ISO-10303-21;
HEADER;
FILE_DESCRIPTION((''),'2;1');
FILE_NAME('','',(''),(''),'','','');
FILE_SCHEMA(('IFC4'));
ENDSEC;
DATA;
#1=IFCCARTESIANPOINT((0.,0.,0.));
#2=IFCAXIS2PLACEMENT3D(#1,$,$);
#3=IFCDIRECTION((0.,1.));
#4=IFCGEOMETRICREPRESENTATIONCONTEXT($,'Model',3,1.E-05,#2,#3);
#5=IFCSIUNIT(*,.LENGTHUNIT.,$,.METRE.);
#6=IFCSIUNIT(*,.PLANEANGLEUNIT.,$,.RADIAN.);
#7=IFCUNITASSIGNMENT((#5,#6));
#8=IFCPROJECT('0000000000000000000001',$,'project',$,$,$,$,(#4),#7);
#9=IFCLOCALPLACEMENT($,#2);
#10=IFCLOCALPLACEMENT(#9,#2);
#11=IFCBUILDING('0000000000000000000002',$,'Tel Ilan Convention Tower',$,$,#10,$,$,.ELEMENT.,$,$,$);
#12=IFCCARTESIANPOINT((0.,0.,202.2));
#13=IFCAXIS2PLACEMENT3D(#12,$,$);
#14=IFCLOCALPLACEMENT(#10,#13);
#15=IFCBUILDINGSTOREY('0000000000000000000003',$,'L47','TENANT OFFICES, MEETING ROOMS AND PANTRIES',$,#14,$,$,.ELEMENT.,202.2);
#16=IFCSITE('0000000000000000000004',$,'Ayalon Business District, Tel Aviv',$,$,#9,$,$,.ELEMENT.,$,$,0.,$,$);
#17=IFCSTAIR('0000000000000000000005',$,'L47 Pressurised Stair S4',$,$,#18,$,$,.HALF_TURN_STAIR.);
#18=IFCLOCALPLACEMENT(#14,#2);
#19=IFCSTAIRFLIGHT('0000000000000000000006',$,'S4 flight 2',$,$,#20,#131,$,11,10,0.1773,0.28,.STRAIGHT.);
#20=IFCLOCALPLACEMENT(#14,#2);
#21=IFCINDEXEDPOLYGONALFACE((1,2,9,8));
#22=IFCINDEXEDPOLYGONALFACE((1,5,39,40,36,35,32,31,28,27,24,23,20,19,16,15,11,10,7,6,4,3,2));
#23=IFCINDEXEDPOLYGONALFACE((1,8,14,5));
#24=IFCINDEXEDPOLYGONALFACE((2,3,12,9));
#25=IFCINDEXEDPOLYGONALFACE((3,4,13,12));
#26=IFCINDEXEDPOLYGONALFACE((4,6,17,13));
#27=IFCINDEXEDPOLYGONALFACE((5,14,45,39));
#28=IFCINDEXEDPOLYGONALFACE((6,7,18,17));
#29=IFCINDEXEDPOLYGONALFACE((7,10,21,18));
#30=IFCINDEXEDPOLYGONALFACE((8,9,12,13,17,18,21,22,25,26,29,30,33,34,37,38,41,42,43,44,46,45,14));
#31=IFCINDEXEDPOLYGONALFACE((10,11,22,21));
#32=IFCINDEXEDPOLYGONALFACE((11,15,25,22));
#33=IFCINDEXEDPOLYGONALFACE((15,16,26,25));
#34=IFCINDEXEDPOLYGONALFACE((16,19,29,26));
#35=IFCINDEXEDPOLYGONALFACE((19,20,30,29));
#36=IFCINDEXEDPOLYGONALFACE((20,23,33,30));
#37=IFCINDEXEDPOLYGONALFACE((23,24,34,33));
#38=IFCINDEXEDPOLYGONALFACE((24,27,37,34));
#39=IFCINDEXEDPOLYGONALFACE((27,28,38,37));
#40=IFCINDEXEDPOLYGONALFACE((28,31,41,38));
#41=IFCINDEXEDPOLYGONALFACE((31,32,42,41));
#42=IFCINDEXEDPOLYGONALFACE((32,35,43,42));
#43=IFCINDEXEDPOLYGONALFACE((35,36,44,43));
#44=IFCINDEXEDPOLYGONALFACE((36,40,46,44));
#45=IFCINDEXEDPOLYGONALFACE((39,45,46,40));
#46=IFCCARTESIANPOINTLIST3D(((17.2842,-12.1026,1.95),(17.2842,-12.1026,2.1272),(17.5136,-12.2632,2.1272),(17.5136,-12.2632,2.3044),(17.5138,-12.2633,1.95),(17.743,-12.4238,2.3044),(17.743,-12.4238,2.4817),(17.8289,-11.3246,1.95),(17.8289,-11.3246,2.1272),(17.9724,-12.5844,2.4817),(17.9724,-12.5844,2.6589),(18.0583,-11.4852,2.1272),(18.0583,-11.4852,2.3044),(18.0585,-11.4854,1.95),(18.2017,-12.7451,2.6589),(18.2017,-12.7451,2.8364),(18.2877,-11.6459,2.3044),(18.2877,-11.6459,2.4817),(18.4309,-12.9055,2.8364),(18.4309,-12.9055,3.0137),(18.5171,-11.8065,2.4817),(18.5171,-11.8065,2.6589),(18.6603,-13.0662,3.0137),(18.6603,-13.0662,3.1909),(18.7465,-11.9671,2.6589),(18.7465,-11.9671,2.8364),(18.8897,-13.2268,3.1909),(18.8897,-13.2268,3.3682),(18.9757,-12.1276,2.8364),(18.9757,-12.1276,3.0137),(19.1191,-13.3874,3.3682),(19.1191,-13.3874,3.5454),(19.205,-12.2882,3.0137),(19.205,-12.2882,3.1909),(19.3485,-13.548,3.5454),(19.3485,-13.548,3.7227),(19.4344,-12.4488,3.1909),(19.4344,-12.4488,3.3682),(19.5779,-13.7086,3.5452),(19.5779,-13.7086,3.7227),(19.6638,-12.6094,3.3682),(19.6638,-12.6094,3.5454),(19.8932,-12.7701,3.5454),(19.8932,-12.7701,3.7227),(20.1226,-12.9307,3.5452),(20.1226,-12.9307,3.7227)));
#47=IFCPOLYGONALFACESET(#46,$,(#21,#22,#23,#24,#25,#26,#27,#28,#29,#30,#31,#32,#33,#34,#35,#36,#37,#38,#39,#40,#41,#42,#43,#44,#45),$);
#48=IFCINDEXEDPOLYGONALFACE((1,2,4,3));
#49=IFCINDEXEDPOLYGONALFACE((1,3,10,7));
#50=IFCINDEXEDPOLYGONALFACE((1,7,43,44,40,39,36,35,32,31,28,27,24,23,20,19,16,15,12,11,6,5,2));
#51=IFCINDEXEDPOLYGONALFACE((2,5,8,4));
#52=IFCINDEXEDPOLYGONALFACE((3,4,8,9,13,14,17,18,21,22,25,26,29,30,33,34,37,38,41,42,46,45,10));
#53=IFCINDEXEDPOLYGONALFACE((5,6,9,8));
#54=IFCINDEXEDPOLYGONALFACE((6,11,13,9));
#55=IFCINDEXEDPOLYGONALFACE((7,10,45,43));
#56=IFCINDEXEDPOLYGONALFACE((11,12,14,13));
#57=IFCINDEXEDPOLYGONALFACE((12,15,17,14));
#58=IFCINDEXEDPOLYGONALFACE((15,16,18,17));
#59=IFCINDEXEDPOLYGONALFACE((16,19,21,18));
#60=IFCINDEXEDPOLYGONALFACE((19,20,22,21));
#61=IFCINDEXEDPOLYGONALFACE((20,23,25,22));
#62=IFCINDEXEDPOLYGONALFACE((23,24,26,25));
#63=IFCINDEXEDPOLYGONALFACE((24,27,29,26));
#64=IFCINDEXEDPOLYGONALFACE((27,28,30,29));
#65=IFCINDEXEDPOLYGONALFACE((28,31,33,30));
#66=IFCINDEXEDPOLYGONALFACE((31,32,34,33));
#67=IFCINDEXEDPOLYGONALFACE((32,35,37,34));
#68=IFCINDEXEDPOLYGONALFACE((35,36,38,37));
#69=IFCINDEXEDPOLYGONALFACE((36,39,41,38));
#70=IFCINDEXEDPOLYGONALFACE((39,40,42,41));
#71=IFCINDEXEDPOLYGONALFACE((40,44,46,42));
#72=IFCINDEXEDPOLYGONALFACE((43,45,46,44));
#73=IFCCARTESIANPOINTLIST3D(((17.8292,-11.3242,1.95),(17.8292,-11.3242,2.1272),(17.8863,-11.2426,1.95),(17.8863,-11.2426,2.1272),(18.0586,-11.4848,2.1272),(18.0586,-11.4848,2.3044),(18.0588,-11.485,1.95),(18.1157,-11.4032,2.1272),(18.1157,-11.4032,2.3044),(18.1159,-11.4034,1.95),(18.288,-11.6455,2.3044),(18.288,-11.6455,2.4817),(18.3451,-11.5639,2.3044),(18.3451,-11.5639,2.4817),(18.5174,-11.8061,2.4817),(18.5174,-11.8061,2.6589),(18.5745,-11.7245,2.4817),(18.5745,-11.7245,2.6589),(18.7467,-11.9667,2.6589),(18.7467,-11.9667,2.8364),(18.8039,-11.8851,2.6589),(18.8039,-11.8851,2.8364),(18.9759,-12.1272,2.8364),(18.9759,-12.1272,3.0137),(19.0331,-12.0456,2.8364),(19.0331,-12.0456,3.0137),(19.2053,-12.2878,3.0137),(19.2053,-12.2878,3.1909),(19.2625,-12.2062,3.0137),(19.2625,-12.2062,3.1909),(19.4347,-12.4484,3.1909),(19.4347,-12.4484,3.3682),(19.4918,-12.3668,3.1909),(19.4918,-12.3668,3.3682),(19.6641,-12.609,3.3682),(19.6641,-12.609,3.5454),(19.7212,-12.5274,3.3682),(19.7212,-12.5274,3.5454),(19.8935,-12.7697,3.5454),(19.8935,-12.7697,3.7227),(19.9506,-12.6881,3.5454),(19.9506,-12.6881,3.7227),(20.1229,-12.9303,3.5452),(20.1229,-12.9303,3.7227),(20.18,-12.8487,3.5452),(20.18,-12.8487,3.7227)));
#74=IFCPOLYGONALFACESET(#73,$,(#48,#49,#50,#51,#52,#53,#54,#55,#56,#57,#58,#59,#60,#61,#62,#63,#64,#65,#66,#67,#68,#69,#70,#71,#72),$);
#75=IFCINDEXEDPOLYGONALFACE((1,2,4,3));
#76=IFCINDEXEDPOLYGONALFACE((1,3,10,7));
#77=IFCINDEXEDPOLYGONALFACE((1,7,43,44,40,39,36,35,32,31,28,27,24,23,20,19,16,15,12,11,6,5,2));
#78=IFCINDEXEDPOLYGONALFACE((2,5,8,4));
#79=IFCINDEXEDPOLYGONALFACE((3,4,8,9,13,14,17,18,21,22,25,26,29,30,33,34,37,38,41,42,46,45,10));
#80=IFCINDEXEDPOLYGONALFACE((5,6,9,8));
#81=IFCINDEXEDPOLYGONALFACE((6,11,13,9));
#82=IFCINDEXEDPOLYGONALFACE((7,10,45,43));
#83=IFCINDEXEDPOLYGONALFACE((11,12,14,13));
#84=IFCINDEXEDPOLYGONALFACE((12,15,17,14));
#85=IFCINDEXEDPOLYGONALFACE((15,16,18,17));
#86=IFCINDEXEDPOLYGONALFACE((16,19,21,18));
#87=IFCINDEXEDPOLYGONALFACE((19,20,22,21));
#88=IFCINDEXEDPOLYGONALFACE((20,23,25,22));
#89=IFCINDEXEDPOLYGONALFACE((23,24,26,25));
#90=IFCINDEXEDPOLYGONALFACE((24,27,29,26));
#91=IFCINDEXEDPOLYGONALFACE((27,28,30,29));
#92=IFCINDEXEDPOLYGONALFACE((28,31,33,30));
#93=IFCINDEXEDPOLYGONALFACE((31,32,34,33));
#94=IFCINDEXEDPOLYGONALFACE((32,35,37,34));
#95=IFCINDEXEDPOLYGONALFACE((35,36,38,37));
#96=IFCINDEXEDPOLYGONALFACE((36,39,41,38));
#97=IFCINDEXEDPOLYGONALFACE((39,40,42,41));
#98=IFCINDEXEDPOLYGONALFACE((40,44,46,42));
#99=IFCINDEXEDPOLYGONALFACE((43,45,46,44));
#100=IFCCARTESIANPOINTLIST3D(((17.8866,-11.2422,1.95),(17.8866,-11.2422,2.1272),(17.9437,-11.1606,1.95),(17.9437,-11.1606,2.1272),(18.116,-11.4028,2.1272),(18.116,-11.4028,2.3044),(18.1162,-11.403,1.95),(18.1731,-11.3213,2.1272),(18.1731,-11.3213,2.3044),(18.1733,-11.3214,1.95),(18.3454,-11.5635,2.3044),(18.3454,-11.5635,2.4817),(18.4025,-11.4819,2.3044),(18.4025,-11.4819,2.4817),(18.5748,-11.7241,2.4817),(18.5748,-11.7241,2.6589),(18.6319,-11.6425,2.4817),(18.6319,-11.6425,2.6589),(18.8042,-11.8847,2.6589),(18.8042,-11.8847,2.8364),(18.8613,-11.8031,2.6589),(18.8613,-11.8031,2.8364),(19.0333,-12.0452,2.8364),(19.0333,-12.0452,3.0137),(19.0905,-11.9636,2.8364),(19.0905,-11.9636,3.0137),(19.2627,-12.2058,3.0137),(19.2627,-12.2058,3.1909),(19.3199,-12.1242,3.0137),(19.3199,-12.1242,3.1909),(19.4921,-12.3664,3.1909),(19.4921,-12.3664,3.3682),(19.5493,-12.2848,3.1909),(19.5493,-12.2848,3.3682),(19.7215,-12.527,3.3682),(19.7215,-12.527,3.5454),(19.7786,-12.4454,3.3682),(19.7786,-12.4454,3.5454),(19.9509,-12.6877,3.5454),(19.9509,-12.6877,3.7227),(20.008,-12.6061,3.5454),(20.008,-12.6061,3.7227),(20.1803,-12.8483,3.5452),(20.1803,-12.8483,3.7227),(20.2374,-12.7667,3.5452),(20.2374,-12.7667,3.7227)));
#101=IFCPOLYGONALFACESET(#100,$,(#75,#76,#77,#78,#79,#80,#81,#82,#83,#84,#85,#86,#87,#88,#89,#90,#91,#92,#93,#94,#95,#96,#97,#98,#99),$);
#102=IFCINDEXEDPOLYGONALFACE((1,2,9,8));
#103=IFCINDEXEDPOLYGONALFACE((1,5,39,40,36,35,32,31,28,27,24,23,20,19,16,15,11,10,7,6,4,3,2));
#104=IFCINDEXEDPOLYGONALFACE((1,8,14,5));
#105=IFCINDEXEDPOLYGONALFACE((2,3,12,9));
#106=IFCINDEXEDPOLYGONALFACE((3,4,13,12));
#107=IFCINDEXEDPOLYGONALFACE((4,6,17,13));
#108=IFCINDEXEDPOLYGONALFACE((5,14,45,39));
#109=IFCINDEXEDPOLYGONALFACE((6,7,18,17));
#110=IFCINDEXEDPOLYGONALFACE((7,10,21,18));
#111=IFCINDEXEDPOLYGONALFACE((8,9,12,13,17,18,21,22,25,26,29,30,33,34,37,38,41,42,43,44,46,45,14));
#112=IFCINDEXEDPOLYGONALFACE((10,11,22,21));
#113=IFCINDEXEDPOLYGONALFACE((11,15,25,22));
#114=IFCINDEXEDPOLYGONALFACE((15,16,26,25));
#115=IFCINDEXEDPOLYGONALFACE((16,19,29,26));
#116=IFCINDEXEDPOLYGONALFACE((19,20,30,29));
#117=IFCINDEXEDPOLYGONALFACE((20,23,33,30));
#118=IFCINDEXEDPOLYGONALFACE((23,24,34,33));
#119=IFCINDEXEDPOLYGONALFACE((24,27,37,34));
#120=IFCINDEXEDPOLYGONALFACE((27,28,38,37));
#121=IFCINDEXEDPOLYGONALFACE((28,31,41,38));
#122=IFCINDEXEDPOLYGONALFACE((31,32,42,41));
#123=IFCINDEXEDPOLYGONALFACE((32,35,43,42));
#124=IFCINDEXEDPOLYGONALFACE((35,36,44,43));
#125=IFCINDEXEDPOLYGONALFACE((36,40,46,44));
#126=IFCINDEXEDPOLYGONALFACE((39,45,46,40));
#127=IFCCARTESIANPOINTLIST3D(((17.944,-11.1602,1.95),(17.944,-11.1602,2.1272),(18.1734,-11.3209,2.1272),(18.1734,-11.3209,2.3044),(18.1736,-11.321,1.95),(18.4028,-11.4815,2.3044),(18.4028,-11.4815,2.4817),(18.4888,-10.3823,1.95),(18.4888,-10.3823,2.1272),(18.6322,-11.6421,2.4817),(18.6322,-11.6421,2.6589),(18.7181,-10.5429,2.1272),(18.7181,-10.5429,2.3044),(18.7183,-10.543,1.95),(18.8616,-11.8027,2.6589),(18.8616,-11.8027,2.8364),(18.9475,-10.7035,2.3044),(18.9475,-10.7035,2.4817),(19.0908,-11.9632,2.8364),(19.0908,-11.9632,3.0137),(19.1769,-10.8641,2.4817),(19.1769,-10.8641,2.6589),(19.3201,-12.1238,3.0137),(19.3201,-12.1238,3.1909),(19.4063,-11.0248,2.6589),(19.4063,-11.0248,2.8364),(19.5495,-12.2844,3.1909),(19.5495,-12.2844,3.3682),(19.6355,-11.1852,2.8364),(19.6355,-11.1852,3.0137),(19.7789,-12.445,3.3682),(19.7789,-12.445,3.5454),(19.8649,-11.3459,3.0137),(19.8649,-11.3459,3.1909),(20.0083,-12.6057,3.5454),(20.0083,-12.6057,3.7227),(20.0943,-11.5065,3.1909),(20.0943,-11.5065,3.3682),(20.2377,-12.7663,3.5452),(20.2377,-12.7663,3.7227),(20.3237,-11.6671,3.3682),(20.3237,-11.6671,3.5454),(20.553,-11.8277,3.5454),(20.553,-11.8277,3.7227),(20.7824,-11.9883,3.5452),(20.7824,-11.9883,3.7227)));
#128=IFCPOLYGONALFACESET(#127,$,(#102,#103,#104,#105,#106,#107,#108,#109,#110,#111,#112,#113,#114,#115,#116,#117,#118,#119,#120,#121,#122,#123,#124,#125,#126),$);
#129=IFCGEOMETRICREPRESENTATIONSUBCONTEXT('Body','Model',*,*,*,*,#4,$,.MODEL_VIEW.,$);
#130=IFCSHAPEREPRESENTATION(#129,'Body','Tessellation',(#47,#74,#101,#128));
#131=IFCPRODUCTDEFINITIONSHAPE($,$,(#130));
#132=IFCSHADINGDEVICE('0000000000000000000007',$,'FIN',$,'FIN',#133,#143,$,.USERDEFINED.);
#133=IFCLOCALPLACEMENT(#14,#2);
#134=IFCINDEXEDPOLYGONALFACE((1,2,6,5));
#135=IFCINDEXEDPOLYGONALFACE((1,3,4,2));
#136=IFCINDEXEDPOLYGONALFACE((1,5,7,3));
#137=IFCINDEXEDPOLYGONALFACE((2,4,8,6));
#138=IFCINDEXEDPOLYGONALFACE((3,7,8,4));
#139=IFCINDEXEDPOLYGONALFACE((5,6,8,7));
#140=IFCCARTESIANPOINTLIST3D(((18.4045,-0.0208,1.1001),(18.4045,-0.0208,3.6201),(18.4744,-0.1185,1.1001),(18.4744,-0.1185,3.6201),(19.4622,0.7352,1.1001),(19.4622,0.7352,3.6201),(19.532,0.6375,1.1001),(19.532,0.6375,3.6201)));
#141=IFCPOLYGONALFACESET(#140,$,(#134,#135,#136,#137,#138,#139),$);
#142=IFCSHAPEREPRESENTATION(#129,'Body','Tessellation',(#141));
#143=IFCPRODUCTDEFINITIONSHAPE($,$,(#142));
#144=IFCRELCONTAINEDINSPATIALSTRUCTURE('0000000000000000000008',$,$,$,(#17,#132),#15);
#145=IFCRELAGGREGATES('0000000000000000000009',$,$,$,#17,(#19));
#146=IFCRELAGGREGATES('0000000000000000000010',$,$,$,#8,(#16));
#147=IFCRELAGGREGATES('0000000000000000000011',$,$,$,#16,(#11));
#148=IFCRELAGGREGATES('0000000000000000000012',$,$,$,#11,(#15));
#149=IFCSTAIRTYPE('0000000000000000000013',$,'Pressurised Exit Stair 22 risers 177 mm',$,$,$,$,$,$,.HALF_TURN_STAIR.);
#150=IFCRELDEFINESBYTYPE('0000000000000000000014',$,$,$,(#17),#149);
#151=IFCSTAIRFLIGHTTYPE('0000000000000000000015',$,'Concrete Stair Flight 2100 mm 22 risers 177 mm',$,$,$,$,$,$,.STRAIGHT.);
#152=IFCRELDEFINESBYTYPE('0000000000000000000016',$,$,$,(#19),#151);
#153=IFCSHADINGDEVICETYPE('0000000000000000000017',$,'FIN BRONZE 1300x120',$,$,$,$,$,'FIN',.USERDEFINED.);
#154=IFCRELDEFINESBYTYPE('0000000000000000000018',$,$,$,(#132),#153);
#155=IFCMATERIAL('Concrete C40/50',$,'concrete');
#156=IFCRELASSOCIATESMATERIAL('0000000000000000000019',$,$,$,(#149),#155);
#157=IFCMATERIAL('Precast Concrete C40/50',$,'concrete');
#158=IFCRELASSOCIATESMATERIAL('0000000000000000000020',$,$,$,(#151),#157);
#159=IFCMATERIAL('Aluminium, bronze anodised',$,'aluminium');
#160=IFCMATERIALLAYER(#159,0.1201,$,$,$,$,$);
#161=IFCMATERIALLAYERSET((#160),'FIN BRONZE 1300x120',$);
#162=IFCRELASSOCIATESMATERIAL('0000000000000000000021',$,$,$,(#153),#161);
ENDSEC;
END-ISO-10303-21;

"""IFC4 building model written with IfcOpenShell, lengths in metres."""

from ifc_helpers import new_model, si_unit, direction, frame, origin, origin_2d, place, context, subcontext, project, spatial, polyline, rectangle, outline, extrude, material, layer, layer_set, type_object, element, aggregate, save


model = new_model("IFC4")

# Units and contexts
model_context = context("Model", 3, precision=1e-05, world=origin(), true_north=direction((0.0, 1.0)))
body_context = subcontext(model_context, "Body", "Model", "MODEL_VIEW")
ifc_project = project(units=[si_unit("LENGTHUNIT", "METRE"), si_unit("PLANEANGLEUNIT", "RADIAN")], contexts=[model_context])

# Site, building, storey
site_placement = place(None, origin())
site = spatial("IfcSite", under=ifc_project, at=site_placement, Name="Ayalon Business District, Tel Aviv", CompositionType="ELEMENT", RefElevation=0.0)
building_placement = place(site_placement, origin())
building = spatial("IfcBuilding", under=site, at=building_placement, Name="Tel Ilan Convention Tower", CompositionType="ELEMENT")
storey_placement = place(building_placement, frame((0.0, 0.0, 202.2)))
storey = spatial("IfcBuildingStorey", under=building, at=storey_placement, Name="L47", Description="TENANT OFFICES, MEETING ROOMS AND PANTRIES", CompositionType="ELEMENT", Elevation=202.2)

# Shared definitions
ifc_material_1 = material(Name="Concrete C40/50", Category="concrete")
stair_type = type_object("IfcStairType", Name="Pressurised Exit Stair 22 risers 177 mm", PredefinedType="HALF_TURN_STAIR", material=ifc_material_1)
ifc_material_2 = material(Name="Precast Concrete C40/50", Category="concrete")
stair_flight_type = type_object("IfcStairFlightType", Name="Concrete Stair Flight 2100 mm 22 risers 177 mm", PredefinedType="STRAIGHT", material=ifc_material_2)

# Stair, stair flight
stair_1_placement = place(storey_placement, origin())
stair_1 = element("IfcStair", 1, at=stair_1_placement, inside=storey, type_object=stair_type, Name="L47 Pressurised Stair S4", PredefinedType="HALF_TURN_STAIR")
stair_flight_1_placement = place(storey_placement, frame((17.8865, -11.2424, 1.95), z_axis=(0.0, 0.0, 1.0), x_axis=(0.819152, -0.573576, 0.0)))
stair_flight_1 = element("IfcStairFlight", 2, at=stair_flight_1_placement, type_object=stair_flight_type, Name="S4 flight 2", NumberOfRisers=11, NumberOfTreads=10, PredefinedType="STRAIGHT", RiserHeight=0.1773, TreadLength=0.28, context=body_context, shape_type="SweptSolid", body=[
    extrude(outline(polyline([(0.0, 0.0), (0.0, 0.1772), (0.28, 0.1772), (0.28, 0.3545), (0.5601, 0.3545), (0.5601, 0.5317), (0.8401, 0.5317), (0.8401, 0.709), (1.1201, 0.709), (1.1201, 0.8865), (1.3999, 0.8865), (1.3999, 1.0637), (1.6799, 1.0637), (1.6799, 1.241), (1.96, 1.241), (1.96, 1.4182), (2.24, 1.4182), (2.24, 1.5955), (2.52, 1.5955), (2.52, 1.7727), (2.8, 1.7727), (2.8, 1.95), (2.8, 1.5952), (0.2803, 0.0), (0.0, 0.0)])), frame((0.0, -0.1003, 0.0), z_axis=(0.0, -1.0, 0.0), x_axis=(1.0, 0.0, 0.0)), (0.0, 0.0, 1.0), 0.9497),
    extrude(outline(polyline([(0.0, 0.0), (0.0, 0.1772), (0.28, 0.1772), (0.28, 0.3545), (0.5601, 0.3545), (0.5601, 0.5317), (0.8401, 0.5317), (0.8401, 0.709), (1.1201, 0.709), (1.1201, 0.8865), (1.3999, 0.8865), (1.3999, 1.0637), (1.6799, 1.0637), (1.6799, 1.241), (1.96, 1.241), (1.96, 1.4182), (2.24, 1.4182), (2.24, 1.5955), (2.52, 1.5955), (2.52, 1.7727), (2.8, 1.7727), (2.8, 1.95), (2.8, 1.5952), (0.2803, 0.0), (0.0, 0.0)])), frame((0.0, -0.0002, 0.0), z_axis=(0.0, -1.0, 0.0), x_axis=(1.0, 0.0, 0.0)), (0.0, 0.0, 1.0), 0.0996),
    extrude(outline(polyline([(0.0, 0.0), (0.0, 0.1772), (0.28, 0.1772), (0.28, 0.3545), (0.5601, 0.3545), (0.5601, 0.5317), (0.8401, 0.5317), (0.8401, 0.709), (1.1201, 0.709), (1.1201, 0.8865), (1.3999, 0.8865), (1.3999, 1.0637), (1.6799, 1.0637), (1.6799, 1.241), (1.96, 1.241), (1.96, 1.4182), (2.24, 1.4182), (2.24, 1.5955), (2.52, 1.5955), (2.52, 1.7727), (2.8, 1.7727), (2.8, 1.95), (2.8, 1.5952), (0.2803, 0.0), (0.0, 0.0)])), frame((0.0, 0.0999, 0.0), z_axis=(0.0, -1.0, 0.0), x_axis=(1.0, 0.0, 0.0)), (0.0, 0.0, 1.0), 0.0996),
    extrude(outline(polyline([(0.0, 0.0), (0.0, 0.1772), (0.28, 0.1772), (0.28, 0.3545), (0.5601, 0.3545), (0.5601, 0.5317), (0.8401, 0.5317), (0.8401, 0.709), (1.1201, 0.709), (1.1201, 0.8865), (1.3999, 0.8865), (1.3999, 1.0637), (1.6799, 1.0637), (1.6799, 1.241), (1.96, 1.241), (1.96, 1.4182), (2.24, 1.4182), (2.24, 1.5955), (2.52, 1.5955), (2.52, 1.7727), (2.8, 1.7727), (2.8, 1.95), (2.8, 1.5952), (0.2803, 0.0), (0.0, 0.0)])), frame((0.0, 1.05, 0.0), z_axis=(0.0, -1.0, 0.0), x_axis=(1.0, 0.0, 0.0)), (0.0, 0.0, 1.0), 0.9497),
])
aggregate(stair_1, [stair_flight_1])

# Shading device
ifc_material_3 = material(Name="Aluminium, bronze anodised", Category="aluminium")
ifc_layer_1 = layer(ifc_material_3, 0.1201)
ifc_layer_set_1 = layer_set([ifc_layer_1], Name="FIN BRONZE 1300x120")
shading_device_type = type_object("IfcShadingDeviceType", Name="FIN BRONZE 1300x120", ElementType="FIN", PredefinedType="USERDEFINED", material=ifc_layer_set_1)
shading_device_placement = place(storey_placement, frame((18.9683, 0.3083, 1.1001), z_axis=(0.0, 0.0, 1.0), x_axis=(0.813552, 0.581492, 0.0)))
element("IfcShadingDevice", 3, at=shading_device_placement, inside=storey, type_object=shading_device_type, Name="FIN", ObjectType="FIN", PredefinedType="USERDEFINED", context=body_context, shape_type="SweptSolid", body=[
    extrude(rectangle(XDim=1.3, YDim=0.1201, at=origin_2d()), origin(), (0.0, 0.0, 1.0), 2.52),
])

save(model, "model.ifc")
